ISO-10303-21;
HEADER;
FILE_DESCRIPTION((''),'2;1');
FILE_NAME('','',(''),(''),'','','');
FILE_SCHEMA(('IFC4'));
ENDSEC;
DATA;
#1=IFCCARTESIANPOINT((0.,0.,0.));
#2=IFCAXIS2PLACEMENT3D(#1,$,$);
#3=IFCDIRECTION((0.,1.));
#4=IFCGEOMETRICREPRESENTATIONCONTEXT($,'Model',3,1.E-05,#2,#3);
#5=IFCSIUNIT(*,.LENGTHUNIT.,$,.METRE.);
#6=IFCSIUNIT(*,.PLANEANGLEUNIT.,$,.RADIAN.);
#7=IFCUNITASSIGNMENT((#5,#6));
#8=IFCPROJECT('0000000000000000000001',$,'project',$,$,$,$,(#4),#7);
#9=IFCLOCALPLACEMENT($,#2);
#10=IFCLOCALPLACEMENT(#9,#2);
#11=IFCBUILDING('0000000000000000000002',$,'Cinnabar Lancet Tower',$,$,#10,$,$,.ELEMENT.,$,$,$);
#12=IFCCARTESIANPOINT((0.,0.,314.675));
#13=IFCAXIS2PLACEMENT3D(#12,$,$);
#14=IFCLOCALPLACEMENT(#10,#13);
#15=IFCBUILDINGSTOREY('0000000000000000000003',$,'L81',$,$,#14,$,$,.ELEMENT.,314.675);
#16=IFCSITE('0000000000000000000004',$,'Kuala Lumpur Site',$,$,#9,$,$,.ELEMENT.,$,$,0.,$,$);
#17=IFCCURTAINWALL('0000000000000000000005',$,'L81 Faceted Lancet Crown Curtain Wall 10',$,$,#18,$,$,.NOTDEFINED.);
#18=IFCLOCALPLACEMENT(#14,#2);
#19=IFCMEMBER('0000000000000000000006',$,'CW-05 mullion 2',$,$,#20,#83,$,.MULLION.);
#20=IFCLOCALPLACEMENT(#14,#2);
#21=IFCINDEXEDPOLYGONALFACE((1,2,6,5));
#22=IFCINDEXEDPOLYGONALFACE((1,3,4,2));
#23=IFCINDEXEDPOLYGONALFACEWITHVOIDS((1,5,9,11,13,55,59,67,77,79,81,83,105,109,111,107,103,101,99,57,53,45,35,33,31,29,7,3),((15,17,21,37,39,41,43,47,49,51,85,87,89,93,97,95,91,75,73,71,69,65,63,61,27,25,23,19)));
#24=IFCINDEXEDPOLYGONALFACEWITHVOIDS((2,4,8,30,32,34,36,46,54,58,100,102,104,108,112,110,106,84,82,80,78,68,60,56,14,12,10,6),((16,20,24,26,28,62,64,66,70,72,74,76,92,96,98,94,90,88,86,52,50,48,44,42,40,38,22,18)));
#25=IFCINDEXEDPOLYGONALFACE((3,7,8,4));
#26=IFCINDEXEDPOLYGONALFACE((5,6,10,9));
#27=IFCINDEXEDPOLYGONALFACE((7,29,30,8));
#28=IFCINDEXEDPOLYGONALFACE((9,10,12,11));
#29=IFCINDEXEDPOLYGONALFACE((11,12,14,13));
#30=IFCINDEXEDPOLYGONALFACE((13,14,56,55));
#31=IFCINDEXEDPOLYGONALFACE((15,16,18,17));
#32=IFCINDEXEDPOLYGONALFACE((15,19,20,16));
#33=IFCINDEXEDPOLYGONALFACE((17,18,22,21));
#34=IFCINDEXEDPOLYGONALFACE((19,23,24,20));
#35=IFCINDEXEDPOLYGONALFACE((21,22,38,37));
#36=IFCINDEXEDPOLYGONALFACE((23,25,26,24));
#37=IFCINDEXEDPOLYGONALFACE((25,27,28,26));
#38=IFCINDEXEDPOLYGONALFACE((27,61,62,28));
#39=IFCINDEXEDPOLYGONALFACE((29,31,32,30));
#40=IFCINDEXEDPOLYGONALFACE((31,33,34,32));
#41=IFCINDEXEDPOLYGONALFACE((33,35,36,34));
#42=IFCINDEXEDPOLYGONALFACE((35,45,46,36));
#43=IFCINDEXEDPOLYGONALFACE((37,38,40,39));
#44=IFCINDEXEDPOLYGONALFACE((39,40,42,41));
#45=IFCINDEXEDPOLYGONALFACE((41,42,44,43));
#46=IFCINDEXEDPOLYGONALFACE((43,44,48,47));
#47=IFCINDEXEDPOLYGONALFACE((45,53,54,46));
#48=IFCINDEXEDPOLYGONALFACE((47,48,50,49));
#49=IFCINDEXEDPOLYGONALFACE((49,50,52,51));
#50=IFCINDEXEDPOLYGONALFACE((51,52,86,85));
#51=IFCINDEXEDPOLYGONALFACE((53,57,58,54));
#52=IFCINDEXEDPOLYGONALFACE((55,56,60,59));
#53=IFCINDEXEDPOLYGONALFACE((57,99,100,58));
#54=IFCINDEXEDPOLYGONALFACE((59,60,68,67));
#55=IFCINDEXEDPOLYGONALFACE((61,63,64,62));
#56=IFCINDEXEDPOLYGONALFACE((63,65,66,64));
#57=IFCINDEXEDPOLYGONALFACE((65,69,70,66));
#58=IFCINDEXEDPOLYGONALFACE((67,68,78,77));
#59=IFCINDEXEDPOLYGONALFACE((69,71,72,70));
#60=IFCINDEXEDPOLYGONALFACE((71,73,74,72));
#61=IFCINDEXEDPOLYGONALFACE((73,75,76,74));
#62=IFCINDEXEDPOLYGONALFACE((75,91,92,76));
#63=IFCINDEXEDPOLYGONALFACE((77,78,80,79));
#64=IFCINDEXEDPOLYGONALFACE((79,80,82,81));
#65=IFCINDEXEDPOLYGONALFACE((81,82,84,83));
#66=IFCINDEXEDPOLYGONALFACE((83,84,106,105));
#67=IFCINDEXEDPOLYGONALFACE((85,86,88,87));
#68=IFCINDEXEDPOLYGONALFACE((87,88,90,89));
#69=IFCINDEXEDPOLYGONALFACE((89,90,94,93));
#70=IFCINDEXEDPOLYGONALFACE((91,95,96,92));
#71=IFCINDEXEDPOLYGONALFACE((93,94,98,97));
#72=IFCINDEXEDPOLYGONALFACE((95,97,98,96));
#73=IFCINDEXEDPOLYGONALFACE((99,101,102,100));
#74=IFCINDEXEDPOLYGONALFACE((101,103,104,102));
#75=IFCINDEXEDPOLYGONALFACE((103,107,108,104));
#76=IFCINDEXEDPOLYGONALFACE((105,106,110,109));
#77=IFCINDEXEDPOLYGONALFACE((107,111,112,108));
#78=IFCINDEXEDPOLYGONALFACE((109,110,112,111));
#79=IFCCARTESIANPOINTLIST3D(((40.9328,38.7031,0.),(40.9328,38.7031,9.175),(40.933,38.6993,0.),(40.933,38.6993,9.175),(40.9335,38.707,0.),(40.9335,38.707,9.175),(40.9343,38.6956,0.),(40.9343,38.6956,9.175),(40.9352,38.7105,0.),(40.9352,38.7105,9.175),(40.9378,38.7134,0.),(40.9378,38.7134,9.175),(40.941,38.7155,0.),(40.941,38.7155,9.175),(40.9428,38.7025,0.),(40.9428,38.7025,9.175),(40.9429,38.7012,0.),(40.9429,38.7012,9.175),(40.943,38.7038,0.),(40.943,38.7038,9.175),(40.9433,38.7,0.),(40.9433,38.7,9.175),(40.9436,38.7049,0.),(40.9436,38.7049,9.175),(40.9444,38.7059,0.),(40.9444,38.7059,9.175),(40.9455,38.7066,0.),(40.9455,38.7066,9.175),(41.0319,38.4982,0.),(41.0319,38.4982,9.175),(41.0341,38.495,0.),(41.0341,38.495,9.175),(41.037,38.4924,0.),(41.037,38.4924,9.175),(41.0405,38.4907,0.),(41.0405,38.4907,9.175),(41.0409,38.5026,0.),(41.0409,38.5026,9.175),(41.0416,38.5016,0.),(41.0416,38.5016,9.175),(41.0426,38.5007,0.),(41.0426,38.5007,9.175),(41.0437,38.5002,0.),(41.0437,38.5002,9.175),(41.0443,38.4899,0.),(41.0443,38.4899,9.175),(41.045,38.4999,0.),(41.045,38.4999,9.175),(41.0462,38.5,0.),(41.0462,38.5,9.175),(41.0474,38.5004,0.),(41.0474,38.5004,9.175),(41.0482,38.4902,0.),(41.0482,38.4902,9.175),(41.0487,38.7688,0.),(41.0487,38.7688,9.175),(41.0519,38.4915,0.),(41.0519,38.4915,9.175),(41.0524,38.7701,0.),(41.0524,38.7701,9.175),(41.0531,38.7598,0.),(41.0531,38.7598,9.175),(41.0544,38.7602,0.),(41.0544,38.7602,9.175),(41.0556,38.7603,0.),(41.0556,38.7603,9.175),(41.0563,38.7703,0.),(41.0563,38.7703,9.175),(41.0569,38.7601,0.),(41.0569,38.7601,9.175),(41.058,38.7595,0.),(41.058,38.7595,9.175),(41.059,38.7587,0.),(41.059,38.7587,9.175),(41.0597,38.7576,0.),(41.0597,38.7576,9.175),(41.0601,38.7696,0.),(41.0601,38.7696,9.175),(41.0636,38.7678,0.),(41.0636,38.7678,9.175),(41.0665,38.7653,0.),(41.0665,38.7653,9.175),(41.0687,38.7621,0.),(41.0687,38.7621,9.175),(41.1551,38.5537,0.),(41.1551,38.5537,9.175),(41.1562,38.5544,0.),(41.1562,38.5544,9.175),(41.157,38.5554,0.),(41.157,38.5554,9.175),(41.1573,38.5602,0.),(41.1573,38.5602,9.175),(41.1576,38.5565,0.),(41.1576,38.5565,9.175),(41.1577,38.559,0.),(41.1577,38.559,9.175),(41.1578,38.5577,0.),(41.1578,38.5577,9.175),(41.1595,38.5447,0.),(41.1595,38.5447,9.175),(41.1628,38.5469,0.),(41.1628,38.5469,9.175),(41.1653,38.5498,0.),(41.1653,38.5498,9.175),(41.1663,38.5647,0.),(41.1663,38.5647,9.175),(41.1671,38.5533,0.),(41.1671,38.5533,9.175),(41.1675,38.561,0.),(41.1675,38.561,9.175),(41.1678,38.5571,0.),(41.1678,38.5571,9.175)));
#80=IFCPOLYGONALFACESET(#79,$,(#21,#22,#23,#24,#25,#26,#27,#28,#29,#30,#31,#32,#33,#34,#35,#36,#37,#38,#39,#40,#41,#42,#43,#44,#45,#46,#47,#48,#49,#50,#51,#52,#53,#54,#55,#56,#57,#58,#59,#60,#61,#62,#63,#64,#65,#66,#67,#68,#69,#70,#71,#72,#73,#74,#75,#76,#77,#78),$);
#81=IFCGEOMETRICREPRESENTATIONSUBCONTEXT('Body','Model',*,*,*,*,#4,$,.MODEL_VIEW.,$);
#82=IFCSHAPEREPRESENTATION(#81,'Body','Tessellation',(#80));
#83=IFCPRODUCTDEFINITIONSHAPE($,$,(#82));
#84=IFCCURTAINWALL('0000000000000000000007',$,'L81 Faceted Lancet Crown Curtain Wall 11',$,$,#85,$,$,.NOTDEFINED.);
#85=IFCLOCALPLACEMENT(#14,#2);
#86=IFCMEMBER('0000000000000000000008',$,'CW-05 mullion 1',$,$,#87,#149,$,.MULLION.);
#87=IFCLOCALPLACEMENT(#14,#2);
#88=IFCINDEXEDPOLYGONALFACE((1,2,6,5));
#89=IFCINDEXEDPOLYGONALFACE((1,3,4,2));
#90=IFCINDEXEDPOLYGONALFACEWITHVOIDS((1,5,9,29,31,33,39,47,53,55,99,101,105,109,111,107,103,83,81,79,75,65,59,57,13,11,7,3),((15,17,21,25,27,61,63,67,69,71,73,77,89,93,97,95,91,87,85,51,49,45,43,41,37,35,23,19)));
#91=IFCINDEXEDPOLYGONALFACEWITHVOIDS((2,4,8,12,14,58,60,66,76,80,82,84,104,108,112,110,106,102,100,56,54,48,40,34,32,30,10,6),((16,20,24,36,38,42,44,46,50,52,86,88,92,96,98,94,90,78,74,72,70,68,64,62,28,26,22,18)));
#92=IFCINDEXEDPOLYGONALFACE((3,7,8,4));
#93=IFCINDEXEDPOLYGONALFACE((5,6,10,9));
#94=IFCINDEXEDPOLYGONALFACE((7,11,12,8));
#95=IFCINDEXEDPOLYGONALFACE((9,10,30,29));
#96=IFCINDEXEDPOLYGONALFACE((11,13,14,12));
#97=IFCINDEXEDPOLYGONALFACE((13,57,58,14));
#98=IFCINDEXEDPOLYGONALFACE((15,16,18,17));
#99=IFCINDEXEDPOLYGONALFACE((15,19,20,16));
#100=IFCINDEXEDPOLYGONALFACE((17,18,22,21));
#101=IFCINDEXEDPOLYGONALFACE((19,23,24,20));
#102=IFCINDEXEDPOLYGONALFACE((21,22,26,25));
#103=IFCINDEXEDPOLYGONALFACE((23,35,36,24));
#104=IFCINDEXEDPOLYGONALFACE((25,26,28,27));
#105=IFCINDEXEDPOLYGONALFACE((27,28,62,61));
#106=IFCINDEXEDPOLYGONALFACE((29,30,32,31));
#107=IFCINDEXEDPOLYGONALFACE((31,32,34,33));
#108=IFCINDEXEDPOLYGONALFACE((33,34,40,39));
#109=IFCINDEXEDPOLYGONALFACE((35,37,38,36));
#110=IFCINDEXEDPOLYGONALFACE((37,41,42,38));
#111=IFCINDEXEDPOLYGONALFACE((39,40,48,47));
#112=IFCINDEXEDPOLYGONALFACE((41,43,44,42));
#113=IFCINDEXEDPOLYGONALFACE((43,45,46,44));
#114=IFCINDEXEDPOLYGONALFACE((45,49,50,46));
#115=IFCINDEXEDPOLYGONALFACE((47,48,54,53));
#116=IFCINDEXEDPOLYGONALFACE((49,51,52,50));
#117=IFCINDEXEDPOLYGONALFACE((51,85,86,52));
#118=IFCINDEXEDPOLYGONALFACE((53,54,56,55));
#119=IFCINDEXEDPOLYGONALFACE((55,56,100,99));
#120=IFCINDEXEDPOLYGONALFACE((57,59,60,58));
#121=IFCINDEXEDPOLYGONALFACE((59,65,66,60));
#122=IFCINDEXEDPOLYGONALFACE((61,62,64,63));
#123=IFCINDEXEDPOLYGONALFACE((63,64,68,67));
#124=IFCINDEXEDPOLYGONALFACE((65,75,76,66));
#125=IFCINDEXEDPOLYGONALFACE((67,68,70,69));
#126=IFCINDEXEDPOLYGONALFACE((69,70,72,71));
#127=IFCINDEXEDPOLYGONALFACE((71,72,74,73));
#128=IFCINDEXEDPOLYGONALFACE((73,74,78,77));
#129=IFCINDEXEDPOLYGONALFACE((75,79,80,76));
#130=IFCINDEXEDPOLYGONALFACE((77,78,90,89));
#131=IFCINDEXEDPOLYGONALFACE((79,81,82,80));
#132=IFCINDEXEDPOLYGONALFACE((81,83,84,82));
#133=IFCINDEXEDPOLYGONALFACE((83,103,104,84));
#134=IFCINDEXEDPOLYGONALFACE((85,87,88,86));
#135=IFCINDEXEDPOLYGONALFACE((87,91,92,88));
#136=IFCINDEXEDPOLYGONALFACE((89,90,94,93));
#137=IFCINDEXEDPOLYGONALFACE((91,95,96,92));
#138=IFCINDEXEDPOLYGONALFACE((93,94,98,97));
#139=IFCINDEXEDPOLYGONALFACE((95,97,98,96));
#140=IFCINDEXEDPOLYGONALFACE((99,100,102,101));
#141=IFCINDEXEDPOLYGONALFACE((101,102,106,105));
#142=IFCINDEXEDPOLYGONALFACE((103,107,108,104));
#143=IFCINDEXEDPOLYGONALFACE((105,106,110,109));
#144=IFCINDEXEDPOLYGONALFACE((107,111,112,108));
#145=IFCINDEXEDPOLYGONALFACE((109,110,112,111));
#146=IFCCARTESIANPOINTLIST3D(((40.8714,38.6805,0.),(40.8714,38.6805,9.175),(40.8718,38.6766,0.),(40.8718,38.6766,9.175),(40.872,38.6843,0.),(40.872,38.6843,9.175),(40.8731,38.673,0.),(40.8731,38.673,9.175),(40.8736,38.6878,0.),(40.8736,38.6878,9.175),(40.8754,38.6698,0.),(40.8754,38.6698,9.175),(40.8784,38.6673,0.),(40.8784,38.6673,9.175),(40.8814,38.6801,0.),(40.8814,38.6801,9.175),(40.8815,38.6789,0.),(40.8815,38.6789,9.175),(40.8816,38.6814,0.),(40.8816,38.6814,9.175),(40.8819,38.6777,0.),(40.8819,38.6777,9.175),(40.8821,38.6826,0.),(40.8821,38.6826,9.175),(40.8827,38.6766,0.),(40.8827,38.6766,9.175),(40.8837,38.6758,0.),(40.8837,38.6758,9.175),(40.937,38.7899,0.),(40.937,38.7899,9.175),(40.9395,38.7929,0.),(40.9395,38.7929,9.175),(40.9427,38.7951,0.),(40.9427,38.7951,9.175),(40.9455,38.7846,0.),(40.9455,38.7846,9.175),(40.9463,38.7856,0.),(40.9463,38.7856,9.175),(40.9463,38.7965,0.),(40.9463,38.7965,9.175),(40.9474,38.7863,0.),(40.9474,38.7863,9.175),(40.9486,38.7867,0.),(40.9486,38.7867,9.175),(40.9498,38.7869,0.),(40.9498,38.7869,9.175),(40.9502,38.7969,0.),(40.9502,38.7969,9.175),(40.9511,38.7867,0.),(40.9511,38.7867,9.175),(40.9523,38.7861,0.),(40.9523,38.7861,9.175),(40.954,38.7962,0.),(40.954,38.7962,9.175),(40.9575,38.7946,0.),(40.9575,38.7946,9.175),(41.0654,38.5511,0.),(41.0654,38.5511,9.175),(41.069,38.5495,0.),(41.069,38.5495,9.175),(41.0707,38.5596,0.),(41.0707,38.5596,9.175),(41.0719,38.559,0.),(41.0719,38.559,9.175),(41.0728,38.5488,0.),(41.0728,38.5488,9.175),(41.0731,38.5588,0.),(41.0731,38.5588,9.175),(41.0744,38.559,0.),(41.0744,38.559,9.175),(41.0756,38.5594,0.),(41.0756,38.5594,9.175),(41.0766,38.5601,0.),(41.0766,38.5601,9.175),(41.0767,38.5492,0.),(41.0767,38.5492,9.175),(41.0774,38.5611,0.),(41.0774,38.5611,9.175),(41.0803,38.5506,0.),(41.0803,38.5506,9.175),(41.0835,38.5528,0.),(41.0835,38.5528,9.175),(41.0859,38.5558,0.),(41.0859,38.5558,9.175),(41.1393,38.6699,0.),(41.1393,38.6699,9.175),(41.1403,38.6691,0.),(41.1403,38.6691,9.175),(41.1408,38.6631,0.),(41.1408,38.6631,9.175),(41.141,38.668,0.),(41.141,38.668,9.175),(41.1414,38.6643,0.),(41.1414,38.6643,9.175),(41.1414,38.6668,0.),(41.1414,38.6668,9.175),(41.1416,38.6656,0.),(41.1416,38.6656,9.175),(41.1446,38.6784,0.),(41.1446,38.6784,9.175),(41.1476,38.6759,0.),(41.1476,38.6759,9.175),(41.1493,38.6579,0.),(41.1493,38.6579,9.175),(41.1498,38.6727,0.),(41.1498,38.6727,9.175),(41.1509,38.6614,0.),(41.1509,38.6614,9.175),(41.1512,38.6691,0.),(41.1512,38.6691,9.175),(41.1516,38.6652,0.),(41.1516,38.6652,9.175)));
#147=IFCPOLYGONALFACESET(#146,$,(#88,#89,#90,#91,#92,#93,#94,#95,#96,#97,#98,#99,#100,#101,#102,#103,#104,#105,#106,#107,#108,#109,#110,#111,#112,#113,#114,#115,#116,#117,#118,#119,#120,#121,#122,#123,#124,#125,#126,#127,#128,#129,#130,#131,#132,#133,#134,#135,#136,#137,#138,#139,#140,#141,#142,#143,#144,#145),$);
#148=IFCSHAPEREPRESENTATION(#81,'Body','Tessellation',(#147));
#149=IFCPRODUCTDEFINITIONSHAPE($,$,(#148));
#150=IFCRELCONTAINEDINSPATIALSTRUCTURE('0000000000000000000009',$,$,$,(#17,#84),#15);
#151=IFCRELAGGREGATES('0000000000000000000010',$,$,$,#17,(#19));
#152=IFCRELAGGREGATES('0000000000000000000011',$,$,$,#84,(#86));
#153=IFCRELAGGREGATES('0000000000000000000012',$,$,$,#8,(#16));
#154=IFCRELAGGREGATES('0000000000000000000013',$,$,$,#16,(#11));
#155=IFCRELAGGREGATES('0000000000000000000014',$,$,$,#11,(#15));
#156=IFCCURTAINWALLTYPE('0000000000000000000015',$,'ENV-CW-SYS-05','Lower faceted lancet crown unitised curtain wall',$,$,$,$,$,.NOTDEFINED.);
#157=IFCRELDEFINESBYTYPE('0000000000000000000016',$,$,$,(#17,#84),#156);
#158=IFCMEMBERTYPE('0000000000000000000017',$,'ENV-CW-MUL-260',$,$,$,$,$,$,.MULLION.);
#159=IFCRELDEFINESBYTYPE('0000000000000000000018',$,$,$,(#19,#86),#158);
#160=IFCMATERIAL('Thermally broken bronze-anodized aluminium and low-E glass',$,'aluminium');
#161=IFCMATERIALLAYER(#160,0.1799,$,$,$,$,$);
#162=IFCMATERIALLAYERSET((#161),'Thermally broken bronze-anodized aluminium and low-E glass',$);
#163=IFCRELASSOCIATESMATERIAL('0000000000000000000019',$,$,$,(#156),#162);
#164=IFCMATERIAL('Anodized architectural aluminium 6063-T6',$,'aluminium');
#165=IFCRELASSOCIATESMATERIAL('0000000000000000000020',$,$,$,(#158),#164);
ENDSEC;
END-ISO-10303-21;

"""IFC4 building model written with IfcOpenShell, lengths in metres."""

from ifc_helpers import new_model, si_unit, direction, frame, origin, origin_2d, place, context, subcontext, project, spatial, hollow_rectangle, extrude, material, layer, layer_set, material_profile, profile_set, type_object, element, aggregate, save


model = new_model("IFC4")

# Units and contexts
model_context = context("Model", 3, precision=1e-05, world=origin(), true_north=direction((0.0, 1.0)))
body_context = subcontext(model_context, "Body", "Model", "MODEL_VIEW")
ifc_project = project(units=[si_unit("LENGTHUNIT", "METRE"), si_unit("PLANEANGLEUNIT", "RADIAN")], contexts=[model_context])

# Site, building, storey
site_placement = place(None, origin())
site = spatial("IfcSite", under=ifc_project, at=site_placement, Name="Kuala Lumpur Site", CompositionType="ELEMENT", RefElevation=0.0)
building_placement = place(site_placement, origin())
building = spatial("IfcBuilding", under=site, at=building_placement, Name="Cinnabar Lancet Tower", CompositionType="ELEMENT")
storey_placement = place(building_placement, frame((0.0, 0.0, 314.675)))
storey = spatial("IfcBuildingStorey", under=building, at=storey_placement, Name="L81", CompositionType="ELEMENT", Elevation=314.675)

# Curtain walls, members
ifc_material_1 = material(Name="Thermally broken bronze-anodized aluminium and low-E glass", Category="aluminium")
ifc_layer_1 = layer(ifc_material_1, 0.1799)
ifc_layer_set_1 = layer_set([ifc_layer_1], Name="Thermally broken bronze-anodized aluminium and low-E glass")
curtain_wall_type = type_object("IfcCurtainWallType", Name="ENV-CW-SYS-05", Description="Lower faceted lancet crown unitised curtain wall", PredefinedType="NOTDEFINED", material=ifc_layer_set_1)
curtain_wall_1_placement = place(storey_placement, origin())
curtain_wall_1 = element("IfcCurtainWall", 1, at=curtain_wall_1_placement, inside=storey, type_object=curtain_wall_type, Name="L81 Faceted Lancet Crown Curtain Wall 10", PredefinedType="NOTDEFINED")
ifc_material_2 = material(Name="Anodized architectural aluminium 6063-T6", Category="aluminium")
ifc_material_profile_1 = material_profile(ifc_material_2, hollow_rectangle(XDim=0.1499, YDim=0.25, WallThickness=0.01, InnerFilletRadius=0.0049, OuterFilletRadius=0.0149, at=origin_2d()), Name="RHS 250x150x10")
ifc_profile_set_1 = profile_set([ifc_material_profile_1], Name="Anodized architectural aluminium 6063-T6")
member_type_1 = type_object("IfcMemberType", Name="ENV-CW-MUL-260", PredefinedType="MULLION", material=ifc_profile_set_1)
member_1_placement = place(storey_placement, frame((41.0503, 38.6301, 0.0), z_axis=(0.0, 0.0, 1.0), x_axis=(-0.896343, -0.443362, 0.0)))
member_1 = element("IfcMember", 2, at=member_1_placement, type_object=member_type_1, Name="CW-05 mullion 2", PredefinedType="MULLION", context=body_context, shape_type="SweptSolid", body=[
    extrude(hollow_rectangle(XDim=0.1499, YDim=0.25, WallThickness=0.01, InnerFilletRadius=0.0049, OuterFilletRadius=0.0149, at=origin_2d()), origin(), (0.0, 0.0, 1.0), 9.175),
])
curtain_wall_2_placement = place(storey_placement, origin())
curtain_wall_2 = element("IfcCurtainWall", 3, at=curtain_wall_2_placement, inside=storey, type_object=curtain_wall_type, Name="L81 Faceted Lancet Crown Curtain Wall 11", PredefinedType="NOTDEFINED")
member_2_placement = place(storey_placement, frame((41.0115, 38.6729, 0.0), z_axis=(0.0, 0.0, 1.0), x_axis=(-0.527976, -0.849259, 0.0)))
member_2 = element("IfcMember", 4, at=member_2_placement, type_object=member_type_1, Name="CW-05 mullion 1", PredefinedType="MULLION", context=body_context, shape_type="SweptSolid", body=[
    extrude(hollow_rectangle(XDim=0.1499, YDim=0.25, WallThickness=0.01, InnerFilletRadius=0.0049, OuterFilletRadius=0.0149, at=origin_2d()), origin(), (0.0, 0.0, 1.0), 9.175),
])

aggregate(curtain_wall_1, [member_1])
aggregate(curtain_wall_2, [member_2])

save(model, "model.ifc")
